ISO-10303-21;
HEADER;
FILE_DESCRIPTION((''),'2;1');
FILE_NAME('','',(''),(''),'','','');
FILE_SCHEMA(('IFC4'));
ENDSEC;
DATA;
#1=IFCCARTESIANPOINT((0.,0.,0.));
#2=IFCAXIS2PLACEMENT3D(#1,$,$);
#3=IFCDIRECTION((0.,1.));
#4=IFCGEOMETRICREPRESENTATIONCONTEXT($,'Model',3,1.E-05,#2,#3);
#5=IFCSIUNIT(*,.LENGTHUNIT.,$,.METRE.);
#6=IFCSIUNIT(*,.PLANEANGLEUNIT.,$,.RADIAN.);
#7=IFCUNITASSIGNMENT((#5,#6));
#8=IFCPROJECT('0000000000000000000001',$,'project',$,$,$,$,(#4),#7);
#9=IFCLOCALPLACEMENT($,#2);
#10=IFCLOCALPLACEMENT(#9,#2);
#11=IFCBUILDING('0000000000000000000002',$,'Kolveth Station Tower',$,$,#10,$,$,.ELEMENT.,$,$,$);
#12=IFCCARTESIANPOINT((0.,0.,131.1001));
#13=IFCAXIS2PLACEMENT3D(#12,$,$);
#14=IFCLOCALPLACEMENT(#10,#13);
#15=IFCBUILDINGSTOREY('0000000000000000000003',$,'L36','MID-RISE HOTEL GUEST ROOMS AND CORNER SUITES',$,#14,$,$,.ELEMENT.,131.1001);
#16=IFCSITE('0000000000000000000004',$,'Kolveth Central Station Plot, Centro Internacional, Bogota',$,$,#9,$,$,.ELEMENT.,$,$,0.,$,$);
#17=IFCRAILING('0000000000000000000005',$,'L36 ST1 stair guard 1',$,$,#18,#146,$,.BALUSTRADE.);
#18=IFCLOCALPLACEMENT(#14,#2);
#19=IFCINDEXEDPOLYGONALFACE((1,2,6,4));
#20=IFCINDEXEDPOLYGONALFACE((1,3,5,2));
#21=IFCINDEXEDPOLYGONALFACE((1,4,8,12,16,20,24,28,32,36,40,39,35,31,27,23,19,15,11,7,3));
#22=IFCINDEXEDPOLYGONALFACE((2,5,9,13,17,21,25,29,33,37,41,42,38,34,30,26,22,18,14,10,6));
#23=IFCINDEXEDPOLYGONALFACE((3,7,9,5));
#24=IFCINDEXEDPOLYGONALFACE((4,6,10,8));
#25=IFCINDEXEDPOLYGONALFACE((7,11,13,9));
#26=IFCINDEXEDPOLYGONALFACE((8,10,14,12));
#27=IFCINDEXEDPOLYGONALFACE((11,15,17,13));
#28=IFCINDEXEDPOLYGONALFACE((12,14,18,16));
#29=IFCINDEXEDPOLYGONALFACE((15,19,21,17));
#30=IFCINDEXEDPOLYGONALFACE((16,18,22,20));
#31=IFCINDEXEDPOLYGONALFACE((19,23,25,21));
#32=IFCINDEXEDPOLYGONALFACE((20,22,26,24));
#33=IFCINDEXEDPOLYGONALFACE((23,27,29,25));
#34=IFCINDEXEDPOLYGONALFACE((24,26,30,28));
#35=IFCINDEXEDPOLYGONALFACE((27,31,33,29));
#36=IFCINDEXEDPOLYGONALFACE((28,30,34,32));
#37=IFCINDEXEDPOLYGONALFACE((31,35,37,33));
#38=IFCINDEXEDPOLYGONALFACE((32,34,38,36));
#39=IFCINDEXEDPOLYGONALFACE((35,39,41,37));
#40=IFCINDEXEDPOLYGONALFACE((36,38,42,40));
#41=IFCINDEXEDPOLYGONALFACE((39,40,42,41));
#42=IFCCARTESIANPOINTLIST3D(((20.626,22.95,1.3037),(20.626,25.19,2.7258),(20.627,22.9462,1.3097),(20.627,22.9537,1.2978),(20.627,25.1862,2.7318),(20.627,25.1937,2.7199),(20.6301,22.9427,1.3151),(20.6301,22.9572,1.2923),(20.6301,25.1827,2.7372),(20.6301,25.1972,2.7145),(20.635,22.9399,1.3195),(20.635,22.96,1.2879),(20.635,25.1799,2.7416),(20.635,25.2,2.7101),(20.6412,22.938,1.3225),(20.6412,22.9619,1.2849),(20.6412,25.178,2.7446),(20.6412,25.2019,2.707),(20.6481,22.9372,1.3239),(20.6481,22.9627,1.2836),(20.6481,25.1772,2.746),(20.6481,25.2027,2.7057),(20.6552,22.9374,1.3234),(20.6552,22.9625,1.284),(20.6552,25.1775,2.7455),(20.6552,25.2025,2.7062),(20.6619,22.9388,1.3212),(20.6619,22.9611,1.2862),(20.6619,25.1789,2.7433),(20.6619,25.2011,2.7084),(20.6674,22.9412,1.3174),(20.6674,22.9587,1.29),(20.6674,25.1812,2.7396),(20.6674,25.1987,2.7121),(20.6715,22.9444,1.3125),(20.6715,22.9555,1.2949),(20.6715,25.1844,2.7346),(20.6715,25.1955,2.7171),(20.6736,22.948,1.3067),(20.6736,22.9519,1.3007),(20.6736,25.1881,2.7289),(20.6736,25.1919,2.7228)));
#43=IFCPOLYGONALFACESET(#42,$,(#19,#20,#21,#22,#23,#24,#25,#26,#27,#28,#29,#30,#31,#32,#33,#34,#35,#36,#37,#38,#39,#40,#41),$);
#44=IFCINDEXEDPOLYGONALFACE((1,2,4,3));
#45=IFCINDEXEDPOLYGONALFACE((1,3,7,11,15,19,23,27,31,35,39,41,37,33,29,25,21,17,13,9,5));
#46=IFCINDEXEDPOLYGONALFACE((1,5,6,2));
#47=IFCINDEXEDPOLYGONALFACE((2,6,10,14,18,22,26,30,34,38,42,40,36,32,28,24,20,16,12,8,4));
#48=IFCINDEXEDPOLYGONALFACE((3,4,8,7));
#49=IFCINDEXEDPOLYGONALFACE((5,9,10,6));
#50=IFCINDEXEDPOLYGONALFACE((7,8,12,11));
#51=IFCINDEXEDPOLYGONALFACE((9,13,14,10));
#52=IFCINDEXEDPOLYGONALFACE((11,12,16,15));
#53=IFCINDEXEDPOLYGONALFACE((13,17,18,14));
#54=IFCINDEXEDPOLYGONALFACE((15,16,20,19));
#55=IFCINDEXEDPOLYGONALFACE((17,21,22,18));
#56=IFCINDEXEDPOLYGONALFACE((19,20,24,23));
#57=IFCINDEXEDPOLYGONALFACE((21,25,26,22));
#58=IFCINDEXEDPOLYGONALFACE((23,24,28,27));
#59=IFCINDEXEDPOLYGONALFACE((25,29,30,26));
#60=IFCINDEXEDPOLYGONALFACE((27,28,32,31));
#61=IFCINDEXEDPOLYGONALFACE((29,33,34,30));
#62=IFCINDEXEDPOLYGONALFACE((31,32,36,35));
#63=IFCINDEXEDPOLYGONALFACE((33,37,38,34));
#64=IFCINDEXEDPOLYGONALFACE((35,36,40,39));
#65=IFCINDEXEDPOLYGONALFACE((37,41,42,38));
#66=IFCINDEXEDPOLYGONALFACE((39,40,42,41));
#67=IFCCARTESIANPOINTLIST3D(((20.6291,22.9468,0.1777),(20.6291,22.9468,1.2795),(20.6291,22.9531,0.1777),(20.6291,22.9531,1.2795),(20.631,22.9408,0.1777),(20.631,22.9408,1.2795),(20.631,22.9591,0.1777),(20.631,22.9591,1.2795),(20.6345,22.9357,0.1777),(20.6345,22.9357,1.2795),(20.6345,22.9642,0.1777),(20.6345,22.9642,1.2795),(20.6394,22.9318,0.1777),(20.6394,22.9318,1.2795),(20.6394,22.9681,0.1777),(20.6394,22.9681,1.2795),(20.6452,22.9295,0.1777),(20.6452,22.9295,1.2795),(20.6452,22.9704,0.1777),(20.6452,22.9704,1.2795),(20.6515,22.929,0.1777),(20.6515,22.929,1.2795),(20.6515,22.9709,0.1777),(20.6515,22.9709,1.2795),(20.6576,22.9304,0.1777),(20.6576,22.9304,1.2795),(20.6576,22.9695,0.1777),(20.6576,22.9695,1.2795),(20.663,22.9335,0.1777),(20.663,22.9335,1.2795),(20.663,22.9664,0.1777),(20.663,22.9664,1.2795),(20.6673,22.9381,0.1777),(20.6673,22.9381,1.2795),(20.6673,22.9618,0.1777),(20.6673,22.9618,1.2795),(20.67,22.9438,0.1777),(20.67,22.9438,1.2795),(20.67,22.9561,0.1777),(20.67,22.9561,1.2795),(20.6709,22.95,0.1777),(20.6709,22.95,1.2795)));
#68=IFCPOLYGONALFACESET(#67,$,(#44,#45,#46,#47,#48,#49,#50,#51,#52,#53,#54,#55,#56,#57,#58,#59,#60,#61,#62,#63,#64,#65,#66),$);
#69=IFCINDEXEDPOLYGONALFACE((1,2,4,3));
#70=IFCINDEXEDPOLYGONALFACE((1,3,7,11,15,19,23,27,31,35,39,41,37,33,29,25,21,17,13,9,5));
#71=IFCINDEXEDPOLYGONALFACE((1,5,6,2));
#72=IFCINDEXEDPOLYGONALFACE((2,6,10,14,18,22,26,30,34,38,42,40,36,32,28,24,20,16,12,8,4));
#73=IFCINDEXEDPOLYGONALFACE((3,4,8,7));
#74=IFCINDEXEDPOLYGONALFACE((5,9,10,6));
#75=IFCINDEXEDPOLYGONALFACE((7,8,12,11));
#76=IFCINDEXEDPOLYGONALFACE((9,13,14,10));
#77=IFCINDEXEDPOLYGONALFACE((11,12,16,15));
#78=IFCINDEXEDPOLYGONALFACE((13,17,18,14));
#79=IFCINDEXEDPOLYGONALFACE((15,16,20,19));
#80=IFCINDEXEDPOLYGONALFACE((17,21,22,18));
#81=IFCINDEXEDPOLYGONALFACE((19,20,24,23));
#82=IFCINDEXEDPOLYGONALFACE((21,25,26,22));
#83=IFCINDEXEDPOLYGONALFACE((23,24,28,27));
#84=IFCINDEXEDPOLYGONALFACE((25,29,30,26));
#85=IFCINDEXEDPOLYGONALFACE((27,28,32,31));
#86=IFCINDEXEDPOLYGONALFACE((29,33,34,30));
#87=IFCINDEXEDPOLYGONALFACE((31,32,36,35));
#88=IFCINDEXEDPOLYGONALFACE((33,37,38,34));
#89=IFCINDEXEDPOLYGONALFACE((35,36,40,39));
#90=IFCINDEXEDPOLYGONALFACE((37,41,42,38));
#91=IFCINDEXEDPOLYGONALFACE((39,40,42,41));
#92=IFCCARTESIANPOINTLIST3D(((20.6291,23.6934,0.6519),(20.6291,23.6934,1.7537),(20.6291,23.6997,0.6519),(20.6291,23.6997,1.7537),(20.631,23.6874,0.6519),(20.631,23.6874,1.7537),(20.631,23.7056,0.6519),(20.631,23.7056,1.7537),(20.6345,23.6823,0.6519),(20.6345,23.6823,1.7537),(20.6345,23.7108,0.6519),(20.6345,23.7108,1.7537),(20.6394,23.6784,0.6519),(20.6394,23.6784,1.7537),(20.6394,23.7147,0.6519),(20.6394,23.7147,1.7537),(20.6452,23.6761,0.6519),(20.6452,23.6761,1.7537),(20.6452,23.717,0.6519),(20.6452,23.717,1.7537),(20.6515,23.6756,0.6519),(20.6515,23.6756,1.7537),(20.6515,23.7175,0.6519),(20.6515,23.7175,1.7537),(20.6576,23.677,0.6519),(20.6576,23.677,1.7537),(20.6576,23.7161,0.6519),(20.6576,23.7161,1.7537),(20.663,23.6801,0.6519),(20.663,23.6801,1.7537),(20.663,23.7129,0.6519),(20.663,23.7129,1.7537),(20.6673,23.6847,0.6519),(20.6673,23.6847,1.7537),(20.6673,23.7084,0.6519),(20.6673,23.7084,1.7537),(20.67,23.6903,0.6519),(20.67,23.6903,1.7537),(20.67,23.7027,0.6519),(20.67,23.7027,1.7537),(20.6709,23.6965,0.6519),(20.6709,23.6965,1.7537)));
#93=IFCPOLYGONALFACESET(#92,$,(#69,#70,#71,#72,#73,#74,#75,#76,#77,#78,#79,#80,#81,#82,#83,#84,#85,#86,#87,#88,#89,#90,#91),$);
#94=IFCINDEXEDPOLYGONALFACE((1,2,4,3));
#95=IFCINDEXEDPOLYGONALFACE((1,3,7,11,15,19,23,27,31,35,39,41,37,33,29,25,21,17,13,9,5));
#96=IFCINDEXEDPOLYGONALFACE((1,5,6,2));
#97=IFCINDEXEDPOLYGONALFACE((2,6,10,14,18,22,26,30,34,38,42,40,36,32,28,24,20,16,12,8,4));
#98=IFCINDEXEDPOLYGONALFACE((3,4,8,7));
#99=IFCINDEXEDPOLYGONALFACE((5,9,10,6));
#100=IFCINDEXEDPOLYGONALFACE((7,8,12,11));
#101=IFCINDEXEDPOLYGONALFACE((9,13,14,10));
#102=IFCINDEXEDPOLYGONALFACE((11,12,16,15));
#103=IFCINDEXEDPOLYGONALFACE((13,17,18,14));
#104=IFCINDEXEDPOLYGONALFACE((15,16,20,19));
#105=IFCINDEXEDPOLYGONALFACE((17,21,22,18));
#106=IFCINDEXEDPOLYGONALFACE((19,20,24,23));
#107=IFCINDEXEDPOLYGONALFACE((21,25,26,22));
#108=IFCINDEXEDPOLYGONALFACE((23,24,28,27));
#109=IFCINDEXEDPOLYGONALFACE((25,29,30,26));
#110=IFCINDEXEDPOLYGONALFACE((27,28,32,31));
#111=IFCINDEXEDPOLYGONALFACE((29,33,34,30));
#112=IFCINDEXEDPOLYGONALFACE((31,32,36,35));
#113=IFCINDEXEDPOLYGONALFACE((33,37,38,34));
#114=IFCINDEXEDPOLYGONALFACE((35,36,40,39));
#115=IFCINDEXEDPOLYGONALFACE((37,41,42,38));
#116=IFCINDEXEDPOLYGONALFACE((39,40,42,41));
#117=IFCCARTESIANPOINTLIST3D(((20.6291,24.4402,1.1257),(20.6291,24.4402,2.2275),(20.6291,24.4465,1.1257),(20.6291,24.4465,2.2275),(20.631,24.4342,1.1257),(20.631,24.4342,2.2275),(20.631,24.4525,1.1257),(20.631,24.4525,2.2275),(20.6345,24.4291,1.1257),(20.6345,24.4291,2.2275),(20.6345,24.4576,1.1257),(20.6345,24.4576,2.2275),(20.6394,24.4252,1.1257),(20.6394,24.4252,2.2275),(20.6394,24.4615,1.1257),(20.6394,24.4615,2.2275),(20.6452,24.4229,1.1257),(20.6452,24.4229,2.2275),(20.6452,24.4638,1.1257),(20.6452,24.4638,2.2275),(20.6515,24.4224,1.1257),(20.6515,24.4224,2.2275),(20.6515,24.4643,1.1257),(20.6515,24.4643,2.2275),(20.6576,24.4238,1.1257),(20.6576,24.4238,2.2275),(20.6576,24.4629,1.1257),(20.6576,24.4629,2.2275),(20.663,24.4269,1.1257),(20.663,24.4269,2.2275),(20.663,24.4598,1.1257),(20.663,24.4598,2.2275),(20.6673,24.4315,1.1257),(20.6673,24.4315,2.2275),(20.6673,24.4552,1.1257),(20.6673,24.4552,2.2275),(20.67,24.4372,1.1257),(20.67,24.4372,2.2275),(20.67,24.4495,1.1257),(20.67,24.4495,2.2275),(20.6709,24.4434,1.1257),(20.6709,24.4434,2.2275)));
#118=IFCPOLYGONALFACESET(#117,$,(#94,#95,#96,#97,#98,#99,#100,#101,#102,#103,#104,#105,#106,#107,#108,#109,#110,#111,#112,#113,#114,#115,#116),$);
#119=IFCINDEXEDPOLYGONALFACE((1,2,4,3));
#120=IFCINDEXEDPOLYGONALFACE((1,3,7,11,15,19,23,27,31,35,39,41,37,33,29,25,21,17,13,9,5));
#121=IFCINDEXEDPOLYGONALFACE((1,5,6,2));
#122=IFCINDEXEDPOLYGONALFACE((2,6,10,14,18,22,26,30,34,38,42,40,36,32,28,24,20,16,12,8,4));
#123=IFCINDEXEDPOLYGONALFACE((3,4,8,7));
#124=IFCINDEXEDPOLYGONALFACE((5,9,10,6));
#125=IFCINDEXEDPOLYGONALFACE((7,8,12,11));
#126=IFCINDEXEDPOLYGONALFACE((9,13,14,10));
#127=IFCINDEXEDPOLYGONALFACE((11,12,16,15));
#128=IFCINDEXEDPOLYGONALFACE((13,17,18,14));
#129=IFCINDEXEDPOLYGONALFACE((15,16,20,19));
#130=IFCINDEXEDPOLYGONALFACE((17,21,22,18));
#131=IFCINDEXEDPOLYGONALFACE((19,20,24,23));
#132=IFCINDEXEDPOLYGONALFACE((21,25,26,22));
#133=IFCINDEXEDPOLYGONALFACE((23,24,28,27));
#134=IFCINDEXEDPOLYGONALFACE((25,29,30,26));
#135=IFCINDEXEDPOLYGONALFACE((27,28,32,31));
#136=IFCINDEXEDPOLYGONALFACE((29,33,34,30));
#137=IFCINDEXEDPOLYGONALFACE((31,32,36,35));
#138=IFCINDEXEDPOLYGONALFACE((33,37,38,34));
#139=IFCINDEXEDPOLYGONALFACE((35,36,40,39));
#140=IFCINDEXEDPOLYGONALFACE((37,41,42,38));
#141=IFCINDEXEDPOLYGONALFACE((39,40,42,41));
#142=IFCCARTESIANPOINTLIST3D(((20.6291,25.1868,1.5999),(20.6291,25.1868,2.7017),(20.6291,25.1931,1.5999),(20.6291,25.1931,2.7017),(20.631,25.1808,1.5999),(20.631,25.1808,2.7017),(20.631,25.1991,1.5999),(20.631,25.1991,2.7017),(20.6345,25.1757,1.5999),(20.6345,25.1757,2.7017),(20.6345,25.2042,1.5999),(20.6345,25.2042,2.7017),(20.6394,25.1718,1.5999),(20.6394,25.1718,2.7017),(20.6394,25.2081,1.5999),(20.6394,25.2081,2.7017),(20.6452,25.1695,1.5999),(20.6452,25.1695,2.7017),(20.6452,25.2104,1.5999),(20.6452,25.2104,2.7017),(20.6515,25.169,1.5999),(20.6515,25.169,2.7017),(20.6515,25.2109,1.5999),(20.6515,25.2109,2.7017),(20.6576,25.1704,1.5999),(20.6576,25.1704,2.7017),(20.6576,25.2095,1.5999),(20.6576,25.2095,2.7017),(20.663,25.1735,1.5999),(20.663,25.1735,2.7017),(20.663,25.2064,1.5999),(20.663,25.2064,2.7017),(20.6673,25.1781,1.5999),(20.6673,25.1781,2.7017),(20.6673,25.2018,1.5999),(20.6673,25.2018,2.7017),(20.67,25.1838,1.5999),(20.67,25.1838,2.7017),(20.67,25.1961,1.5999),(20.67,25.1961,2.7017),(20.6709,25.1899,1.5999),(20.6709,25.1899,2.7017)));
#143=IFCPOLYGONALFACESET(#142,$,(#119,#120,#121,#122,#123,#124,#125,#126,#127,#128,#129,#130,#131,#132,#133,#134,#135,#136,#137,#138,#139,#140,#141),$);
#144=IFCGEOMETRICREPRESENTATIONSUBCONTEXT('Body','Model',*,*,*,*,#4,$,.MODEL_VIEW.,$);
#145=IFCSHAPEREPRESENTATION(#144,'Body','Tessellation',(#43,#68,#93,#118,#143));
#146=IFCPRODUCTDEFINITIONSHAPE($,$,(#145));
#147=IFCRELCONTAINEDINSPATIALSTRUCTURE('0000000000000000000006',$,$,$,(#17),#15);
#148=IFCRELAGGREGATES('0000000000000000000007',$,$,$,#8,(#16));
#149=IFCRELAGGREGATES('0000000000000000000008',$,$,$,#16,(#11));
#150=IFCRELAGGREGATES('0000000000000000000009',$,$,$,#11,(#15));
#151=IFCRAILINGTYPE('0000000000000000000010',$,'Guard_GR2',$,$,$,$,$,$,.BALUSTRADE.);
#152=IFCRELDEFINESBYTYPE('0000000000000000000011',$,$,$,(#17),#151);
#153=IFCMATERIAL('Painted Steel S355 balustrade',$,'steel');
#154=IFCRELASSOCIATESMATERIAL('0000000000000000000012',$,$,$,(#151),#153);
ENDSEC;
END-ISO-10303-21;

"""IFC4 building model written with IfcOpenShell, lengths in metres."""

from ifc_helpers import new_model, si_unit, direction, frame, origin, origin_2d, place, context, subcontext, project, spatial, circle, extrude, material, type_object, element, save


model = new_model("IFC4")

# Units and contexts
model_context = context("Model", 3, precision=1e-05, world=origin(), true_north=direction((0.0, 1.0)))
body_context = subcontext(model_context, "Body", "Model", "MODEL_VIEW")
ifc_project = project(units=[si_unit("LENGTHUNIT", "METRE"), si_unit("PLANEANGLEUNIT", "RADIAN")], contexts=[model_context])

# Site, building, storey
site_placement = place(None, origin())
site = spatial("IfcSite", under=ifc_project, at=site_placement, Name="Kolveth Central Station Plot, Centro Internacional, Bogota", CompositionType="ELEMENT", RefElevation=0.0)
building_placement = place(site_placement, origin())
building = spatial("IfcBuilding", under=site, at=building_placement, Name="Kolveth Station Tower", CompositionType="ELEMENT")
storey_placement = place(building_placement, frame((0.0, 0.0, 131.1001)))
storey = spatial("IfcBuildingStorey", under=building, at=storey_placement, Name="L36", Description="MID-RISE HOTEL GUEST ROOMS AND CORNER SUITES", CompositionType="ELEMENT", Elevation=131.1001)

# Railing
ifc_material_1 = material(Name="Painted Steel S355 balustrade", Category="steel")
railing_type_1 = type_object("IfcRailingType", Name="Guard_GR2", PredefinedType="BALUSTRADE", material=ifc_material_1)
railing_1_placement = place(storey_placement, frame((20.6499, 22.95, 0.1777)))
element("IfcRailing", 1, at=railing_1_placement, inside=storey, type_object=railing_type_1, Name="L36 ST1 stair guard 1", PredefinedType="BALUSTRADE", context=body_context, shape_type="SweptSolid", body=[
    extrude(circle(Radius=0.0239, at=origin_2d()), frame((0.0, 0.0, 1.126), z_axis=(0.0, 0.844229, 0.535982), x_axis=(-1.0, 0.0, 0.0)), (0.0, 0.0, 1.0), 2.6533),
    extrude(circle(Radius=0.021, at=origin_2d()), origin(), (0.0, 0.0, 1.0), 1.1018),
    extrude(circle(Radius=0.021, at=origin_2d()), frame((0.0, 0.7466, 0.4741)), (0.0, 0.0, 1.0), 1.1018),
    extrude(circle(Radius=0.021, at=origin_2d()), frame((0.0, 1.4934, 0.948)), (0.0, 0.0, 1.0), 1.1018),
    extrude(circle(Radius=0.021, at=origin_2d()), frame((0.0, 2.24, 1.4221)), (0.0, 0.0, 1.0), 1.1018),
])

save(model, "model.ifc")
